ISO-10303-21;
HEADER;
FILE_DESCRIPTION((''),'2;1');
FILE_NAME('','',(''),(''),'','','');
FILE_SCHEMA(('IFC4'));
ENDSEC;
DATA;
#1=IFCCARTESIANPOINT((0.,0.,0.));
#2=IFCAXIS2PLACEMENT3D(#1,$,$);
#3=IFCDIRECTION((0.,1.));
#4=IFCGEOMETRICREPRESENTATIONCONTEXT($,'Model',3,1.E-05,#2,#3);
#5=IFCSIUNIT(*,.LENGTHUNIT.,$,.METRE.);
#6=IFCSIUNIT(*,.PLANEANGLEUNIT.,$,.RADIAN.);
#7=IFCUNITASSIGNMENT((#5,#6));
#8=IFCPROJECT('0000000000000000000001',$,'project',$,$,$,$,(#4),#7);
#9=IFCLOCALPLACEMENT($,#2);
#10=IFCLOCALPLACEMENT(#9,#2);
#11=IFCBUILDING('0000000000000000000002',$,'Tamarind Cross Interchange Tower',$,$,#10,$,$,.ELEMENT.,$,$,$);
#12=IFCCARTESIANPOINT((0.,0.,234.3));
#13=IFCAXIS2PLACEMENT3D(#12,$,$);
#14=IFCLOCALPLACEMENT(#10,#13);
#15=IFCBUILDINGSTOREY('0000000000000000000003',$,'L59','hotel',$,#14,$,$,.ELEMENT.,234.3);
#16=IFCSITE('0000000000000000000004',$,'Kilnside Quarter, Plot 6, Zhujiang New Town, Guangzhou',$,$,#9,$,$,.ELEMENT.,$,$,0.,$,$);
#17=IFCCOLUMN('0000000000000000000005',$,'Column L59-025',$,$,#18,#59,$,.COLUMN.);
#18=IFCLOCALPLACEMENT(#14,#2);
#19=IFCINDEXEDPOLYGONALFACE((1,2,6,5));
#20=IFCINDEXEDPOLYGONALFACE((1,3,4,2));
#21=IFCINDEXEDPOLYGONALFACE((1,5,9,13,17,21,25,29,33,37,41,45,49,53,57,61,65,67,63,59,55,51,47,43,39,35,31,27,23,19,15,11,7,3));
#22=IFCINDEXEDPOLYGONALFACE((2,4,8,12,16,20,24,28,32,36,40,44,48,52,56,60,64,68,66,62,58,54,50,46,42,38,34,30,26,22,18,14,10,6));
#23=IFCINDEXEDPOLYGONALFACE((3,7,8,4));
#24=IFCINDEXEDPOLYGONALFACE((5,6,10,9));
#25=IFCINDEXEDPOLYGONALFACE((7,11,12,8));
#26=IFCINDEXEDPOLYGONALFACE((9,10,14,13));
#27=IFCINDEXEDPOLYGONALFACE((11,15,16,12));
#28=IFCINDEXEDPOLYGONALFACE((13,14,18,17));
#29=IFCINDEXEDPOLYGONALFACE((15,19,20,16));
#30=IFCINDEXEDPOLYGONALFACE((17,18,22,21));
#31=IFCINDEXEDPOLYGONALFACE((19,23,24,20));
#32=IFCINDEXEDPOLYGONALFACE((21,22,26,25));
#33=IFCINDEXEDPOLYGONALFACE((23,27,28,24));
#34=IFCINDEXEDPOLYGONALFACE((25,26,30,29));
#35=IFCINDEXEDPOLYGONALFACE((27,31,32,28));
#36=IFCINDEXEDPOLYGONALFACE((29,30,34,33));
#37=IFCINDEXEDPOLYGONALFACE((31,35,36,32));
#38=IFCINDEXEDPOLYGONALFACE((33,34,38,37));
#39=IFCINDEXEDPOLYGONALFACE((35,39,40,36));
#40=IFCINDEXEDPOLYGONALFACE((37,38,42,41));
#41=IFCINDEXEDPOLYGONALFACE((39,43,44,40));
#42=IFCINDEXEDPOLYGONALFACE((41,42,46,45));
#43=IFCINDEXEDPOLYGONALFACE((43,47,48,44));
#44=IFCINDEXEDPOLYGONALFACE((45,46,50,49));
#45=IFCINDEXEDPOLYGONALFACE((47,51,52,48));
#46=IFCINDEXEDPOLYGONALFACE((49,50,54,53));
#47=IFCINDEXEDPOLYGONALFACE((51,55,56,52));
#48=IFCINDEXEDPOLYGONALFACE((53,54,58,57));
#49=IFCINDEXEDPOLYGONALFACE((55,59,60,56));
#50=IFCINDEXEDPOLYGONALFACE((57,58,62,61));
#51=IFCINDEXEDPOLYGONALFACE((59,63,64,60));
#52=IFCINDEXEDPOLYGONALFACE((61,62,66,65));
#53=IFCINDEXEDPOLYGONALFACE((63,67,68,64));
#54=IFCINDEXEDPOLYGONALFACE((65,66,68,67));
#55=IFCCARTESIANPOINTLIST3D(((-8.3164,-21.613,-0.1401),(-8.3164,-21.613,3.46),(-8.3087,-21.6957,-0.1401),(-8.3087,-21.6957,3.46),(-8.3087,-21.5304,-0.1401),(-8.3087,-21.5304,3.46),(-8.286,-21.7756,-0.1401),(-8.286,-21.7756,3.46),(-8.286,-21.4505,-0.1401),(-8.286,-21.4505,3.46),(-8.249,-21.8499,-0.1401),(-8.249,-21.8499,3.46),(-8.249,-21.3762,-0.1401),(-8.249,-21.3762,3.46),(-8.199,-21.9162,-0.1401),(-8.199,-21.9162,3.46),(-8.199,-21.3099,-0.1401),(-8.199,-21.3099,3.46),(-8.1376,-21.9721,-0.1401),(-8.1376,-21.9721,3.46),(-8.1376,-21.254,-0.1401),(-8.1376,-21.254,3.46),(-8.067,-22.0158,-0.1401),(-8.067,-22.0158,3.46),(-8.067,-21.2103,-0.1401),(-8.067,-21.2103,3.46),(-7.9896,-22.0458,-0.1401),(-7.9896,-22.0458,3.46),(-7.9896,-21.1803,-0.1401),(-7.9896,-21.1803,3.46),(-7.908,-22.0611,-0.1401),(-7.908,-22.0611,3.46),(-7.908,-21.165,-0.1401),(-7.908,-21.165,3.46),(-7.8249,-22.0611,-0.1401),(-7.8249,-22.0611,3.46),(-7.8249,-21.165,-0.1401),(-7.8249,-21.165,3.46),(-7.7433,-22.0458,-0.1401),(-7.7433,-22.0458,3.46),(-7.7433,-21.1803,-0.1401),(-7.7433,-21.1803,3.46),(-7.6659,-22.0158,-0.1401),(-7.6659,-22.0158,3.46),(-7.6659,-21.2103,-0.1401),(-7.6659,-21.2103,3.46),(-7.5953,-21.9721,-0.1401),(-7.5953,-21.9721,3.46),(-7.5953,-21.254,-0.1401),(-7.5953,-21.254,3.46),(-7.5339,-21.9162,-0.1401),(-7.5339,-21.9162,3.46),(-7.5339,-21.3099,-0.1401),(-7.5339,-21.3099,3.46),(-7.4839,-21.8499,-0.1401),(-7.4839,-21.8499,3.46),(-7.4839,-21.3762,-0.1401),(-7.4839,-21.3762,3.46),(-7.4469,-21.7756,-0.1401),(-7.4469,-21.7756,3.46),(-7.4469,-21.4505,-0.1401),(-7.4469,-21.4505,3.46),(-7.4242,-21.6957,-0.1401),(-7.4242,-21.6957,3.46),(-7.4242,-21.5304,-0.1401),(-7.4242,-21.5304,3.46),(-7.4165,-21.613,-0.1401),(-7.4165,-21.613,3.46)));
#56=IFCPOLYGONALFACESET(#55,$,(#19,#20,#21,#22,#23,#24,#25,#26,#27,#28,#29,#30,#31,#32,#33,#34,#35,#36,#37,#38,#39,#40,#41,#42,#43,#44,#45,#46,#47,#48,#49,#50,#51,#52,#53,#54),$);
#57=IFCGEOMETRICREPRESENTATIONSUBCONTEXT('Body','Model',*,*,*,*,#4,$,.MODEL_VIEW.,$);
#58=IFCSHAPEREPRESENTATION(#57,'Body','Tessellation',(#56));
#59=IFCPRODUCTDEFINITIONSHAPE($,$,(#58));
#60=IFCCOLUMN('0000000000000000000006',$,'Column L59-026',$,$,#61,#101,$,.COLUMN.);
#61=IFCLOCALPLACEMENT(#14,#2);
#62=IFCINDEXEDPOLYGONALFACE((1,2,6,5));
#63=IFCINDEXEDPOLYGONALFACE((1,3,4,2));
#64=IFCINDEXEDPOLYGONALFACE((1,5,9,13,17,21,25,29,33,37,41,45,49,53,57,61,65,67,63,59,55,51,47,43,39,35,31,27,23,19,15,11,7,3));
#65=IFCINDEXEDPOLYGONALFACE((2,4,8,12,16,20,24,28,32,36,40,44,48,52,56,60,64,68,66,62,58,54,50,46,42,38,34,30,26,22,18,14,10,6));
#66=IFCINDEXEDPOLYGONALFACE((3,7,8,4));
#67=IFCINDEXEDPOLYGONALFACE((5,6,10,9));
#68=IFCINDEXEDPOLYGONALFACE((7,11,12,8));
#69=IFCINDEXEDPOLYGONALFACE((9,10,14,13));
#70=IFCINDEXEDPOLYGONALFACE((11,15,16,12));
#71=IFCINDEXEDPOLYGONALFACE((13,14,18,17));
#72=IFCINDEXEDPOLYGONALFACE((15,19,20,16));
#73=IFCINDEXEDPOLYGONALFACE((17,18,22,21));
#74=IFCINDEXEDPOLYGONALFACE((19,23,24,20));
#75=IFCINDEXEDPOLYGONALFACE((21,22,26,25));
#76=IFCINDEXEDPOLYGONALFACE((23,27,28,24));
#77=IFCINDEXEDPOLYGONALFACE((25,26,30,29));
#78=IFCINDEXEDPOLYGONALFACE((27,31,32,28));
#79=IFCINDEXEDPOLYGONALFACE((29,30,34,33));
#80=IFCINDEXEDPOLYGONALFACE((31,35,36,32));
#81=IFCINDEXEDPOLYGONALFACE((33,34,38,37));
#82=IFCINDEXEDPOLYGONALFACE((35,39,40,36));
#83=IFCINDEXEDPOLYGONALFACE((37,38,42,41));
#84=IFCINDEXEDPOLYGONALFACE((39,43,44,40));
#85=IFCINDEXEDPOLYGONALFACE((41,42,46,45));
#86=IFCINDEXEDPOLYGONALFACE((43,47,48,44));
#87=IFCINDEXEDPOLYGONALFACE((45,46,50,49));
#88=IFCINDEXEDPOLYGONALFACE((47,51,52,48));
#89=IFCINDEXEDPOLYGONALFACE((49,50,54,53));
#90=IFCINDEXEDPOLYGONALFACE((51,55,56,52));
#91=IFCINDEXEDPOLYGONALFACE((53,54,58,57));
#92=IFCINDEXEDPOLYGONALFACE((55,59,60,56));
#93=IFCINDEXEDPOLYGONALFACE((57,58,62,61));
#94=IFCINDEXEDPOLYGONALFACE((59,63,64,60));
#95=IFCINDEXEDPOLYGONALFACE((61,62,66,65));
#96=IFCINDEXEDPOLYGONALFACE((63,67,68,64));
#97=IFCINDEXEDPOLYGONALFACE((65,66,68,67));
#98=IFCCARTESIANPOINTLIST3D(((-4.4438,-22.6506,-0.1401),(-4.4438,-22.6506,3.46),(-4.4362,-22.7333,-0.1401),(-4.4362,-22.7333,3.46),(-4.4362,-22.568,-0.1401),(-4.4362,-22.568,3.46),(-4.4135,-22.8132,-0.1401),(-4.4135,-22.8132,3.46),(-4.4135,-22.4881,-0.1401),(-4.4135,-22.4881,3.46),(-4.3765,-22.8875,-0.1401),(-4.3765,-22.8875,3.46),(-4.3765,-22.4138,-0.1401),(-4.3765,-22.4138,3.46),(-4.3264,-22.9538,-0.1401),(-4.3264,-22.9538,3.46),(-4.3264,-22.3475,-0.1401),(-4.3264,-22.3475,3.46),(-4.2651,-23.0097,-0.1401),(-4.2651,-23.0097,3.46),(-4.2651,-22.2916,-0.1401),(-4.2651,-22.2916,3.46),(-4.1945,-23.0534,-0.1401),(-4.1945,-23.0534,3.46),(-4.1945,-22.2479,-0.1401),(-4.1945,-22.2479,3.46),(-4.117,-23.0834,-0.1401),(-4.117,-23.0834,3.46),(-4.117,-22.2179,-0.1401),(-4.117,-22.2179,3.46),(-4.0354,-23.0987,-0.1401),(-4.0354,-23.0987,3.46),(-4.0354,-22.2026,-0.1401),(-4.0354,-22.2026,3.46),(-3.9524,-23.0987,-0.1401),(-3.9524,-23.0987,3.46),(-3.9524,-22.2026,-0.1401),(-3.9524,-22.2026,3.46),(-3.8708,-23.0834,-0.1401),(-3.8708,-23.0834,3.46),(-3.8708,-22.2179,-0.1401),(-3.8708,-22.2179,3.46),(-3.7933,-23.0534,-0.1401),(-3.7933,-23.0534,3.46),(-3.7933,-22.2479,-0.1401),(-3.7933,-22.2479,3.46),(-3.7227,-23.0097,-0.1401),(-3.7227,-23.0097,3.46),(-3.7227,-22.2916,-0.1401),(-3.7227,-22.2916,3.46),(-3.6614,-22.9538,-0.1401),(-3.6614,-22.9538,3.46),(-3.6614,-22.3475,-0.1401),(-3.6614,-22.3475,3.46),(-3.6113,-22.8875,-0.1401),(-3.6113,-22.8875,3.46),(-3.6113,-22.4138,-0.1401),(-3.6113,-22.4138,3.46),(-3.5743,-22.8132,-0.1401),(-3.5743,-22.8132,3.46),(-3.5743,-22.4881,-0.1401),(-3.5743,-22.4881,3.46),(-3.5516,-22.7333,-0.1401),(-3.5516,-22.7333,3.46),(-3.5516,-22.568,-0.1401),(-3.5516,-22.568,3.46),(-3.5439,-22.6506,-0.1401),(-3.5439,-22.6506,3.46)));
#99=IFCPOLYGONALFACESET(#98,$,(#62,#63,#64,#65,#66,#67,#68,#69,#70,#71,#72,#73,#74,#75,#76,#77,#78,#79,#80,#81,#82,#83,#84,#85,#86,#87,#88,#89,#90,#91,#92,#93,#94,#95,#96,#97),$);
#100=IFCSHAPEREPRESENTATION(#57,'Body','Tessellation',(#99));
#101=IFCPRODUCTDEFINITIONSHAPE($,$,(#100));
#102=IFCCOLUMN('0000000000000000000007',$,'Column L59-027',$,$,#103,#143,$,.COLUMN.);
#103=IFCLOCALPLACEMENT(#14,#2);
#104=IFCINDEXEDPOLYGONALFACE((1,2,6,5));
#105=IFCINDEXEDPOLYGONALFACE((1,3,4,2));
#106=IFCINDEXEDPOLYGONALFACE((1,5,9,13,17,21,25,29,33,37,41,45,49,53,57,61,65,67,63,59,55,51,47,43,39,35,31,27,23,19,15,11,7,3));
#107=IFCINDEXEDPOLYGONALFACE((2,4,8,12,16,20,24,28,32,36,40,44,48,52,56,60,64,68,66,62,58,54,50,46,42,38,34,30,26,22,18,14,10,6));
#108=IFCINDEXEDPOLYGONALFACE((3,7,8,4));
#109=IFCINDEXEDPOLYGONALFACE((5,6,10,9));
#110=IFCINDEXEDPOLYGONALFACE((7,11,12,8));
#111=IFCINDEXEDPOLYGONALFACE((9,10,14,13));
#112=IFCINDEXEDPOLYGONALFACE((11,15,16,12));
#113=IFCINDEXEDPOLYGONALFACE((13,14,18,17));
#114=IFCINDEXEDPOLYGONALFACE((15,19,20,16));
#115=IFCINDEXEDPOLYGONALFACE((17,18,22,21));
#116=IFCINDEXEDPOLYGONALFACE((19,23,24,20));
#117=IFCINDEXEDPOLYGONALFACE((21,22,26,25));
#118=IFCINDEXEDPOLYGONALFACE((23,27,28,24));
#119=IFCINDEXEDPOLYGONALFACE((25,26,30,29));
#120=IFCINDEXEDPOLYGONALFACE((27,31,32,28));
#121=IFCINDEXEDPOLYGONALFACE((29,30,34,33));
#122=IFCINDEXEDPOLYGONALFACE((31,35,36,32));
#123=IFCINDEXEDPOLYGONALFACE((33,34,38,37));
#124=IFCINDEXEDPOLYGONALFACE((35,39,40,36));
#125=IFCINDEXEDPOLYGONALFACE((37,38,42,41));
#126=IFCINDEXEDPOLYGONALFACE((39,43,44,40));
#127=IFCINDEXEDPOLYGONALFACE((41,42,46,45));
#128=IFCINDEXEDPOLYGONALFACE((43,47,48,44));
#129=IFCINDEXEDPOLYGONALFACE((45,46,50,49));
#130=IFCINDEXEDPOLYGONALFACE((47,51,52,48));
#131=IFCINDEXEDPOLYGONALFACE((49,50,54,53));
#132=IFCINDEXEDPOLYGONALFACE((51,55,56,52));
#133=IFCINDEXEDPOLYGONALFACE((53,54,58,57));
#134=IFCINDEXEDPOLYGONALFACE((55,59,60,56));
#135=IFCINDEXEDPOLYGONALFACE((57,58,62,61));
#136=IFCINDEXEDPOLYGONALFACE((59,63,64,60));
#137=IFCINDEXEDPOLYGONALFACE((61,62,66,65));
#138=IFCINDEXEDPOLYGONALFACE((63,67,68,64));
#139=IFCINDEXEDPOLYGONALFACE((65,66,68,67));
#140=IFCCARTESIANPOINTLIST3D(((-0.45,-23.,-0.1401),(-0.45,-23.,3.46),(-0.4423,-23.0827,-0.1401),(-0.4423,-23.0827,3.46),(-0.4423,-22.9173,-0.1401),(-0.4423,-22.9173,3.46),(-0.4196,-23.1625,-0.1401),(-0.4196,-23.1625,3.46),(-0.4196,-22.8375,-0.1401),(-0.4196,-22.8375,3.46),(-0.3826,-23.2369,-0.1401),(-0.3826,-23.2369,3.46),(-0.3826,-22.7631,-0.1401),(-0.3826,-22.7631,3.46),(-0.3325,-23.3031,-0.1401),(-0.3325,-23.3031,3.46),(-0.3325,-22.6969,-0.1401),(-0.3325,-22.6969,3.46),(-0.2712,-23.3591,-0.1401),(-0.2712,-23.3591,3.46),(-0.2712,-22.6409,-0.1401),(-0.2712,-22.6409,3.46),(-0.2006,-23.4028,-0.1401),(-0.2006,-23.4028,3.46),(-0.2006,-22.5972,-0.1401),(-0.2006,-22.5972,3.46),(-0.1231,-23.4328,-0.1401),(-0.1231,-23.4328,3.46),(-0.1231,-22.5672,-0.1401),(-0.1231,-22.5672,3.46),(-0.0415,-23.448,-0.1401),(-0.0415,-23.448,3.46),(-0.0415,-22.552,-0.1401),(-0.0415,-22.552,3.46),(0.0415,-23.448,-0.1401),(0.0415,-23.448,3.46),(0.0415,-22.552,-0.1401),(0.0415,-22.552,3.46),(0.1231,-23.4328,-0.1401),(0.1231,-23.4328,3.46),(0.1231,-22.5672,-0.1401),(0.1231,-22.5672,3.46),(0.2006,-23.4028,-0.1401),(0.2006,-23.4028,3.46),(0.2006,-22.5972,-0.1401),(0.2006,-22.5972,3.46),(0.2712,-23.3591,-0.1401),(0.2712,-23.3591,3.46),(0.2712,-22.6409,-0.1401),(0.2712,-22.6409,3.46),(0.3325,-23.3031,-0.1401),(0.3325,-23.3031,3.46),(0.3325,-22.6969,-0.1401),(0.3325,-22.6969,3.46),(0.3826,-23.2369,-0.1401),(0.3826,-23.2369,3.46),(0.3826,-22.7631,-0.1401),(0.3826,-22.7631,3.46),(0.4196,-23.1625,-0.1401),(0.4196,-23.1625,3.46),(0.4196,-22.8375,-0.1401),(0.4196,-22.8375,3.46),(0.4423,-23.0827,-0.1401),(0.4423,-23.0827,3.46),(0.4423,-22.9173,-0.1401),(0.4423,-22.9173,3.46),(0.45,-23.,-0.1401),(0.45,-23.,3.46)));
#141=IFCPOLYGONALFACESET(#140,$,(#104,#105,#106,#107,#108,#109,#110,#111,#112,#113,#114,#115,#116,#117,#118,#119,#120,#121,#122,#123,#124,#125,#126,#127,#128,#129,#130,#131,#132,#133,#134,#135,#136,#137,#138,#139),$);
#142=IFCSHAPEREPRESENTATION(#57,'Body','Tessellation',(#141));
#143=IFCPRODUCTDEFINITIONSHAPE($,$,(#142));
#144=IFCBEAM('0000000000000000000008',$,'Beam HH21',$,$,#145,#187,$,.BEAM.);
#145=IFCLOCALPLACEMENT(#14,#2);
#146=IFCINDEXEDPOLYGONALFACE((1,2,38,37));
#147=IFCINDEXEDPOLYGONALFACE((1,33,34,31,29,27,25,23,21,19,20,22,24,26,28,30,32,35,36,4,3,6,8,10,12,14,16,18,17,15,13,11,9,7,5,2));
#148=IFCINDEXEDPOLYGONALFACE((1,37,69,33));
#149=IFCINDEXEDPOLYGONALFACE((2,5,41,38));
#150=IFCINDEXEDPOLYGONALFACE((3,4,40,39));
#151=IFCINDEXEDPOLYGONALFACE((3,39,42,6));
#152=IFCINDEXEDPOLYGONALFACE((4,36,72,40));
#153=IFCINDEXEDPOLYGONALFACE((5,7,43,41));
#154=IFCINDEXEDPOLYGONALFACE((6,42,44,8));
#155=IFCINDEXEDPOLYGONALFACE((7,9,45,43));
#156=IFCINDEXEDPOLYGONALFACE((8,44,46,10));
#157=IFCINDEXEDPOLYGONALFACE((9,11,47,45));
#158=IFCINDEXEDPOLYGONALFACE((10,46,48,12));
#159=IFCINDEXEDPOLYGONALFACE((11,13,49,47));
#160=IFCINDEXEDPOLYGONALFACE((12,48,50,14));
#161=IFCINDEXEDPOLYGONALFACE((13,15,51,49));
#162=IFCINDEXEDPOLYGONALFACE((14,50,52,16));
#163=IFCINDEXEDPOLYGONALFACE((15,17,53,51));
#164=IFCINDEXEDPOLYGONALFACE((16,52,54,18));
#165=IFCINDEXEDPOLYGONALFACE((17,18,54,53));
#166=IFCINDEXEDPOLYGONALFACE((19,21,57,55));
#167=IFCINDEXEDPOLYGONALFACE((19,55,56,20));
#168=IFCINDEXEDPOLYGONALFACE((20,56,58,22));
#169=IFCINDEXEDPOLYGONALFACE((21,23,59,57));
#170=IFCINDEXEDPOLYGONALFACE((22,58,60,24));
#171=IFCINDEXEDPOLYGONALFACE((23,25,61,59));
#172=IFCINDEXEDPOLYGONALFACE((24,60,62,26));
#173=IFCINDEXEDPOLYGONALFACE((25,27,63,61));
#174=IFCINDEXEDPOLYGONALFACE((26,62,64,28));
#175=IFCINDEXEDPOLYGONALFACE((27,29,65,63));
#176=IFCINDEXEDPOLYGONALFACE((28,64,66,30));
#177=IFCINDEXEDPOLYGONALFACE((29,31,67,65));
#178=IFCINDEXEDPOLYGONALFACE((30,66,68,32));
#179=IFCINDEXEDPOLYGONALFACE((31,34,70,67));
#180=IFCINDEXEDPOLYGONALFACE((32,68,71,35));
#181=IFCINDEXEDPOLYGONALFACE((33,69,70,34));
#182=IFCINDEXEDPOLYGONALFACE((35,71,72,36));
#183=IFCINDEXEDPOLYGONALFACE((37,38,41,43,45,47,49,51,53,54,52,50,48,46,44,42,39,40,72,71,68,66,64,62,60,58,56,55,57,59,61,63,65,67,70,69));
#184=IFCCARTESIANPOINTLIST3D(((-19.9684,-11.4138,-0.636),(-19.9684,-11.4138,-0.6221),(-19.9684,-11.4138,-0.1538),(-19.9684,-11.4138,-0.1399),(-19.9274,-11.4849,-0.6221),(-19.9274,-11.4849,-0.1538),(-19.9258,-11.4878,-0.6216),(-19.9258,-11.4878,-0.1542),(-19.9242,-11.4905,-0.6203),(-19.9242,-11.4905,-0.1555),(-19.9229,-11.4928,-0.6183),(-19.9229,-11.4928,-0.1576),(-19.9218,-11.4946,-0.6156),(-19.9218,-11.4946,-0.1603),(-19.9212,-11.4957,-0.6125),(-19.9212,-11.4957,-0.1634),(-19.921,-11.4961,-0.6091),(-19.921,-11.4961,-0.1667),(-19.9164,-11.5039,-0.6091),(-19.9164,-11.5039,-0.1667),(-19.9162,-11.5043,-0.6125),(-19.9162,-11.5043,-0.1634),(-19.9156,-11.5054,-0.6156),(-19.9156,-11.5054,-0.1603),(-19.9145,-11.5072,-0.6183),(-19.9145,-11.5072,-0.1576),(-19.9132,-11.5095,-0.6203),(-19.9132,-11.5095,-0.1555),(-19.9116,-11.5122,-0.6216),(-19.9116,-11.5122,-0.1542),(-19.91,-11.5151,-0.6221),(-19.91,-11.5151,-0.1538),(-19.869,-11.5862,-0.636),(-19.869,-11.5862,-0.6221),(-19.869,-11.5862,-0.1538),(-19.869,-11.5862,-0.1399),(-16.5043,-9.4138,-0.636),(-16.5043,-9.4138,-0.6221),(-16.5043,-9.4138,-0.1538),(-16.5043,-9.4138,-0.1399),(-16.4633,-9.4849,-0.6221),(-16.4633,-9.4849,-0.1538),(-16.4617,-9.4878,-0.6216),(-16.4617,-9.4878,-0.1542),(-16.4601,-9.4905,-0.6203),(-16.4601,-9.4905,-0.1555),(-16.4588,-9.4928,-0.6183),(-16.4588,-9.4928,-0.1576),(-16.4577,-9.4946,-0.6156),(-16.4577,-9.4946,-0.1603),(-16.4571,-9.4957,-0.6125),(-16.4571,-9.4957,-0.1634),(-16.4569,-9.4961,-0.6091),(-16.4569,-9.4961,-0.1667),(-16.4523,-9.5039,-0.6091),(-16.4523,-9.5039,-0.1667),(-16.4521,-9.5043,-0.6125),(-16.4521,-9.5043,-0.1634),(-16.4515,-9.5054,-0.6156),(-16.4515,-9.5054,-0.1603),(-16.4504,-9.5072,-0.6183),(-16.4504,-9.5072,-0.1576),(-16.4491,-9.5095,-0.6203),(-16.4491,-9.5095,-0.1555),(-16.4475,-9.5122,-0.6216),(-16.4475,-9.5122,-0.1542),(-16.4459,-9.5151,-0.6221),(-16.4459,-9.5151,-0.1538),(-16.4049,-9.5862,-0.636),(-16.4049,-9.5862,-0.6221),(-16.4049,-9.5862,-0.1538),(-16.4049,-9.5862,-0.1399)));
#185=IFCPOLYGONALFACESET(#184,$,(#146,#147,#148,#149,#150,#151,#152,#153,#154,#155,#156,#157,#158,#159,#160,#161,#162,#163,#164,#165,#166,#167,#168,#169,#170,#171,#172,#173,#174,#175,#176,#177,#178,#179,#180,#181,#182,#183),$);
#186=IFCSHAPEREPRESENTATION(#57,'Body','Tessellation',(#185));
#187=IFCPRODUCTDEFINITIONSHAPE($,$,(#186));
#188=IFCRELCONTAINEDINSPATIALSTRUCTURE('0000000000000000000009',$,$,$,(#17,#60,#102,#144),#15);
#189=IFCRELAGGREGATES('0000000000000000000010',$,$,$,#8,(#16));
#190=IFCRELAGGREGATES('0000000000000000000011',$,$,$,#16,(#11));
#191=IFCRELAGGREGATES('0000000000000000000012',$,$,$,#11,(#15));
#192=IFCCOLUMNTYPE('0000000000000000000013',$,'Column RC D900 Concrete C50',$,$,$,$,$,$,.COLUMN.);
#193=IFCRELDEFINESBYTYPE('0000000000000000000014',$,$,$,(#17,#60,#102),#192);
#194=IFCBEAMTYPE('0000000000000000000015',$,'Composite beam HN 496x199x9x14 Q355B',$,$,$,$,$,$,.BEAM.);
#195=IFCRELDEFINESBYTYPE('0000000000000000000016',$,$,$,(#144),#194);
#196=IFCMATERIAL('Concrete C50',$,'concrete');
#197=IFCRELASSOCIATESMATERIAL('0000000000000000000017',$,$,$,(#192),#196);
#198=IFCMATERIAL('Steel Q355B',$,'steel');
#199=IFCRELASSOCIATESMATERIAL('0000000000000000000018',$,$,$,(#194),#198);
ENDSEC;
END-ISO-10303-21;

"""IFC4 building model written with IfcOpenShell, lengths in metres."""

from ifc_helpers import new_model, si_unit, direction, frame, origin, origin_2d, place, context, subcontext, project, spatial, circle, i_section, extrude, material, material_profile, profile_set, type_object, element, save


model = new_model("IFC4")

# Units and contexts
model_context = context("Model", 3, precision=1e-05, world=origin(), true_north=direction((0.0, 1.0)))
body_context = subcontext(model_context, "Body", "Model", "MODEL_VIEW")
ifc_project = project(units=[si_unit("LENGTHUNIT", "METRE"), si_unit("PLANEANGLEUNIT", "RADIAN")], contexts=[model_context])

# Site, building, storey
site_placement = place(None, origin())
site = spatial("IfcSite", under=ifc_project, at=site_placement, Name="Kilnside Quarter, Plot 6, Zhujiang New Town, Guangzhou", CompositionType="ELEMENT", RefElevation=0.0)
building_placement = place(site_placement, origin())
building = spatial("IfcBuilding", under=site, at=building_placement, Name="Tamarind Cross Interchange Tower", CompositionType="ELEMENT")
storey_placement = place(building_placement, frame((0.0, 0.0, 234.3)))
storey = spatial("IfcBuildingStorey", under=building, at=storey_placement, Name="L59", Description="hotel", CompositionType="ELEMENT", Elevation=234.3)

# Columns
ifc_material_1 = material(Name="Concrete C50", Category="concrete")
ifc_material_profile_1 = material_profile(ifc_material_1, circle(Radius=0.45, at=origin_2d()), Name="RC D900")
ifc_profile_set_1 = profile_set([ifc_material_profile_1], Name="Concrete C50")
column_type = type_object("IfcColumnType", Name="Column RC D900 Concrete C50", PredefinedType="COLUMN", material=ifc_profile_set_1)
for number, where, z_axis, x_axis, name in (
    (1, (-7.8665, -21.613, -0.1401), (0.0, 0.0, 1.0), (1.0, 0.0, 0.0), "Column L59-025"),
    (2, (-3.9939, -22.6506, -0.1401), (0.0, 0.0, 1.0), (1.0, 0.0, 0.0), "Column L59-026"),
    (3, (0.0, -23.0, -0.1401), (0.0, 0.0, 1.0), (1.0, 0.0, 0.0), "Column L59-027"),
):
    element("IfcColumn", number, at=place(storey_placement, frame(where, z_axis=z_axis, x_axis=x_axis)), inside=storey, type_object=column_type, Name=name, PredefinedType="COLUMN", context=body_context, shape_type="SweptSolid", body=[
        extrude(circle(Radius=0.45, at=origin_2d()), origin(), (0.0, 0.0, 1.0), 3.6001),
    ])

# Beam
ifc_material_2 = material(Name="Steel Q355B", Category="steel")
ifc_material_profile_2 = material_profile(ifc_material_2, i_section(OverallWidth=0.199, OverallDepth=0.4961, WebThickness=0.009, FlangeThickness=0.0139, FilletRadius=0.0129, at=origin_2d()), Name="HN 496x199x9x14")
ifc_profile_set_2 = profile_set([ifc_material_profile_2], Name="Steel Q355B")
beam_type = type_object("IfcBeamType", Name="Composite beam HN 496x199x9x14 Q355B", PredefinedType="BEAM", material=ifc_profile_set_2)
beam_1_placement = place(storey_placement, frame((-19.9187, -11.5, -0.3879), z_axis=(0.866026, 0.499999, 0.0), x_axis=(-0.499999, 0.866026, 0.0)))
element("IfcBeam", 4, at=beam_1_placement, inside=storey, type_object=beam_type, Name="Beam HH21", PredefinedType="BEAM", context=body_context, shape_type="SweptSolid", body=[
    extrude(i_section(OverallWidth=0.199, OverallDepth=0.4961, WebThickness=0.009, FlangeThickness=0.0139, FilletRadius=0.0129, at=origin_2d()), origin(), (0.0, 0.0, 1.0), 4.0),
])

save(model, "model.ifc")
